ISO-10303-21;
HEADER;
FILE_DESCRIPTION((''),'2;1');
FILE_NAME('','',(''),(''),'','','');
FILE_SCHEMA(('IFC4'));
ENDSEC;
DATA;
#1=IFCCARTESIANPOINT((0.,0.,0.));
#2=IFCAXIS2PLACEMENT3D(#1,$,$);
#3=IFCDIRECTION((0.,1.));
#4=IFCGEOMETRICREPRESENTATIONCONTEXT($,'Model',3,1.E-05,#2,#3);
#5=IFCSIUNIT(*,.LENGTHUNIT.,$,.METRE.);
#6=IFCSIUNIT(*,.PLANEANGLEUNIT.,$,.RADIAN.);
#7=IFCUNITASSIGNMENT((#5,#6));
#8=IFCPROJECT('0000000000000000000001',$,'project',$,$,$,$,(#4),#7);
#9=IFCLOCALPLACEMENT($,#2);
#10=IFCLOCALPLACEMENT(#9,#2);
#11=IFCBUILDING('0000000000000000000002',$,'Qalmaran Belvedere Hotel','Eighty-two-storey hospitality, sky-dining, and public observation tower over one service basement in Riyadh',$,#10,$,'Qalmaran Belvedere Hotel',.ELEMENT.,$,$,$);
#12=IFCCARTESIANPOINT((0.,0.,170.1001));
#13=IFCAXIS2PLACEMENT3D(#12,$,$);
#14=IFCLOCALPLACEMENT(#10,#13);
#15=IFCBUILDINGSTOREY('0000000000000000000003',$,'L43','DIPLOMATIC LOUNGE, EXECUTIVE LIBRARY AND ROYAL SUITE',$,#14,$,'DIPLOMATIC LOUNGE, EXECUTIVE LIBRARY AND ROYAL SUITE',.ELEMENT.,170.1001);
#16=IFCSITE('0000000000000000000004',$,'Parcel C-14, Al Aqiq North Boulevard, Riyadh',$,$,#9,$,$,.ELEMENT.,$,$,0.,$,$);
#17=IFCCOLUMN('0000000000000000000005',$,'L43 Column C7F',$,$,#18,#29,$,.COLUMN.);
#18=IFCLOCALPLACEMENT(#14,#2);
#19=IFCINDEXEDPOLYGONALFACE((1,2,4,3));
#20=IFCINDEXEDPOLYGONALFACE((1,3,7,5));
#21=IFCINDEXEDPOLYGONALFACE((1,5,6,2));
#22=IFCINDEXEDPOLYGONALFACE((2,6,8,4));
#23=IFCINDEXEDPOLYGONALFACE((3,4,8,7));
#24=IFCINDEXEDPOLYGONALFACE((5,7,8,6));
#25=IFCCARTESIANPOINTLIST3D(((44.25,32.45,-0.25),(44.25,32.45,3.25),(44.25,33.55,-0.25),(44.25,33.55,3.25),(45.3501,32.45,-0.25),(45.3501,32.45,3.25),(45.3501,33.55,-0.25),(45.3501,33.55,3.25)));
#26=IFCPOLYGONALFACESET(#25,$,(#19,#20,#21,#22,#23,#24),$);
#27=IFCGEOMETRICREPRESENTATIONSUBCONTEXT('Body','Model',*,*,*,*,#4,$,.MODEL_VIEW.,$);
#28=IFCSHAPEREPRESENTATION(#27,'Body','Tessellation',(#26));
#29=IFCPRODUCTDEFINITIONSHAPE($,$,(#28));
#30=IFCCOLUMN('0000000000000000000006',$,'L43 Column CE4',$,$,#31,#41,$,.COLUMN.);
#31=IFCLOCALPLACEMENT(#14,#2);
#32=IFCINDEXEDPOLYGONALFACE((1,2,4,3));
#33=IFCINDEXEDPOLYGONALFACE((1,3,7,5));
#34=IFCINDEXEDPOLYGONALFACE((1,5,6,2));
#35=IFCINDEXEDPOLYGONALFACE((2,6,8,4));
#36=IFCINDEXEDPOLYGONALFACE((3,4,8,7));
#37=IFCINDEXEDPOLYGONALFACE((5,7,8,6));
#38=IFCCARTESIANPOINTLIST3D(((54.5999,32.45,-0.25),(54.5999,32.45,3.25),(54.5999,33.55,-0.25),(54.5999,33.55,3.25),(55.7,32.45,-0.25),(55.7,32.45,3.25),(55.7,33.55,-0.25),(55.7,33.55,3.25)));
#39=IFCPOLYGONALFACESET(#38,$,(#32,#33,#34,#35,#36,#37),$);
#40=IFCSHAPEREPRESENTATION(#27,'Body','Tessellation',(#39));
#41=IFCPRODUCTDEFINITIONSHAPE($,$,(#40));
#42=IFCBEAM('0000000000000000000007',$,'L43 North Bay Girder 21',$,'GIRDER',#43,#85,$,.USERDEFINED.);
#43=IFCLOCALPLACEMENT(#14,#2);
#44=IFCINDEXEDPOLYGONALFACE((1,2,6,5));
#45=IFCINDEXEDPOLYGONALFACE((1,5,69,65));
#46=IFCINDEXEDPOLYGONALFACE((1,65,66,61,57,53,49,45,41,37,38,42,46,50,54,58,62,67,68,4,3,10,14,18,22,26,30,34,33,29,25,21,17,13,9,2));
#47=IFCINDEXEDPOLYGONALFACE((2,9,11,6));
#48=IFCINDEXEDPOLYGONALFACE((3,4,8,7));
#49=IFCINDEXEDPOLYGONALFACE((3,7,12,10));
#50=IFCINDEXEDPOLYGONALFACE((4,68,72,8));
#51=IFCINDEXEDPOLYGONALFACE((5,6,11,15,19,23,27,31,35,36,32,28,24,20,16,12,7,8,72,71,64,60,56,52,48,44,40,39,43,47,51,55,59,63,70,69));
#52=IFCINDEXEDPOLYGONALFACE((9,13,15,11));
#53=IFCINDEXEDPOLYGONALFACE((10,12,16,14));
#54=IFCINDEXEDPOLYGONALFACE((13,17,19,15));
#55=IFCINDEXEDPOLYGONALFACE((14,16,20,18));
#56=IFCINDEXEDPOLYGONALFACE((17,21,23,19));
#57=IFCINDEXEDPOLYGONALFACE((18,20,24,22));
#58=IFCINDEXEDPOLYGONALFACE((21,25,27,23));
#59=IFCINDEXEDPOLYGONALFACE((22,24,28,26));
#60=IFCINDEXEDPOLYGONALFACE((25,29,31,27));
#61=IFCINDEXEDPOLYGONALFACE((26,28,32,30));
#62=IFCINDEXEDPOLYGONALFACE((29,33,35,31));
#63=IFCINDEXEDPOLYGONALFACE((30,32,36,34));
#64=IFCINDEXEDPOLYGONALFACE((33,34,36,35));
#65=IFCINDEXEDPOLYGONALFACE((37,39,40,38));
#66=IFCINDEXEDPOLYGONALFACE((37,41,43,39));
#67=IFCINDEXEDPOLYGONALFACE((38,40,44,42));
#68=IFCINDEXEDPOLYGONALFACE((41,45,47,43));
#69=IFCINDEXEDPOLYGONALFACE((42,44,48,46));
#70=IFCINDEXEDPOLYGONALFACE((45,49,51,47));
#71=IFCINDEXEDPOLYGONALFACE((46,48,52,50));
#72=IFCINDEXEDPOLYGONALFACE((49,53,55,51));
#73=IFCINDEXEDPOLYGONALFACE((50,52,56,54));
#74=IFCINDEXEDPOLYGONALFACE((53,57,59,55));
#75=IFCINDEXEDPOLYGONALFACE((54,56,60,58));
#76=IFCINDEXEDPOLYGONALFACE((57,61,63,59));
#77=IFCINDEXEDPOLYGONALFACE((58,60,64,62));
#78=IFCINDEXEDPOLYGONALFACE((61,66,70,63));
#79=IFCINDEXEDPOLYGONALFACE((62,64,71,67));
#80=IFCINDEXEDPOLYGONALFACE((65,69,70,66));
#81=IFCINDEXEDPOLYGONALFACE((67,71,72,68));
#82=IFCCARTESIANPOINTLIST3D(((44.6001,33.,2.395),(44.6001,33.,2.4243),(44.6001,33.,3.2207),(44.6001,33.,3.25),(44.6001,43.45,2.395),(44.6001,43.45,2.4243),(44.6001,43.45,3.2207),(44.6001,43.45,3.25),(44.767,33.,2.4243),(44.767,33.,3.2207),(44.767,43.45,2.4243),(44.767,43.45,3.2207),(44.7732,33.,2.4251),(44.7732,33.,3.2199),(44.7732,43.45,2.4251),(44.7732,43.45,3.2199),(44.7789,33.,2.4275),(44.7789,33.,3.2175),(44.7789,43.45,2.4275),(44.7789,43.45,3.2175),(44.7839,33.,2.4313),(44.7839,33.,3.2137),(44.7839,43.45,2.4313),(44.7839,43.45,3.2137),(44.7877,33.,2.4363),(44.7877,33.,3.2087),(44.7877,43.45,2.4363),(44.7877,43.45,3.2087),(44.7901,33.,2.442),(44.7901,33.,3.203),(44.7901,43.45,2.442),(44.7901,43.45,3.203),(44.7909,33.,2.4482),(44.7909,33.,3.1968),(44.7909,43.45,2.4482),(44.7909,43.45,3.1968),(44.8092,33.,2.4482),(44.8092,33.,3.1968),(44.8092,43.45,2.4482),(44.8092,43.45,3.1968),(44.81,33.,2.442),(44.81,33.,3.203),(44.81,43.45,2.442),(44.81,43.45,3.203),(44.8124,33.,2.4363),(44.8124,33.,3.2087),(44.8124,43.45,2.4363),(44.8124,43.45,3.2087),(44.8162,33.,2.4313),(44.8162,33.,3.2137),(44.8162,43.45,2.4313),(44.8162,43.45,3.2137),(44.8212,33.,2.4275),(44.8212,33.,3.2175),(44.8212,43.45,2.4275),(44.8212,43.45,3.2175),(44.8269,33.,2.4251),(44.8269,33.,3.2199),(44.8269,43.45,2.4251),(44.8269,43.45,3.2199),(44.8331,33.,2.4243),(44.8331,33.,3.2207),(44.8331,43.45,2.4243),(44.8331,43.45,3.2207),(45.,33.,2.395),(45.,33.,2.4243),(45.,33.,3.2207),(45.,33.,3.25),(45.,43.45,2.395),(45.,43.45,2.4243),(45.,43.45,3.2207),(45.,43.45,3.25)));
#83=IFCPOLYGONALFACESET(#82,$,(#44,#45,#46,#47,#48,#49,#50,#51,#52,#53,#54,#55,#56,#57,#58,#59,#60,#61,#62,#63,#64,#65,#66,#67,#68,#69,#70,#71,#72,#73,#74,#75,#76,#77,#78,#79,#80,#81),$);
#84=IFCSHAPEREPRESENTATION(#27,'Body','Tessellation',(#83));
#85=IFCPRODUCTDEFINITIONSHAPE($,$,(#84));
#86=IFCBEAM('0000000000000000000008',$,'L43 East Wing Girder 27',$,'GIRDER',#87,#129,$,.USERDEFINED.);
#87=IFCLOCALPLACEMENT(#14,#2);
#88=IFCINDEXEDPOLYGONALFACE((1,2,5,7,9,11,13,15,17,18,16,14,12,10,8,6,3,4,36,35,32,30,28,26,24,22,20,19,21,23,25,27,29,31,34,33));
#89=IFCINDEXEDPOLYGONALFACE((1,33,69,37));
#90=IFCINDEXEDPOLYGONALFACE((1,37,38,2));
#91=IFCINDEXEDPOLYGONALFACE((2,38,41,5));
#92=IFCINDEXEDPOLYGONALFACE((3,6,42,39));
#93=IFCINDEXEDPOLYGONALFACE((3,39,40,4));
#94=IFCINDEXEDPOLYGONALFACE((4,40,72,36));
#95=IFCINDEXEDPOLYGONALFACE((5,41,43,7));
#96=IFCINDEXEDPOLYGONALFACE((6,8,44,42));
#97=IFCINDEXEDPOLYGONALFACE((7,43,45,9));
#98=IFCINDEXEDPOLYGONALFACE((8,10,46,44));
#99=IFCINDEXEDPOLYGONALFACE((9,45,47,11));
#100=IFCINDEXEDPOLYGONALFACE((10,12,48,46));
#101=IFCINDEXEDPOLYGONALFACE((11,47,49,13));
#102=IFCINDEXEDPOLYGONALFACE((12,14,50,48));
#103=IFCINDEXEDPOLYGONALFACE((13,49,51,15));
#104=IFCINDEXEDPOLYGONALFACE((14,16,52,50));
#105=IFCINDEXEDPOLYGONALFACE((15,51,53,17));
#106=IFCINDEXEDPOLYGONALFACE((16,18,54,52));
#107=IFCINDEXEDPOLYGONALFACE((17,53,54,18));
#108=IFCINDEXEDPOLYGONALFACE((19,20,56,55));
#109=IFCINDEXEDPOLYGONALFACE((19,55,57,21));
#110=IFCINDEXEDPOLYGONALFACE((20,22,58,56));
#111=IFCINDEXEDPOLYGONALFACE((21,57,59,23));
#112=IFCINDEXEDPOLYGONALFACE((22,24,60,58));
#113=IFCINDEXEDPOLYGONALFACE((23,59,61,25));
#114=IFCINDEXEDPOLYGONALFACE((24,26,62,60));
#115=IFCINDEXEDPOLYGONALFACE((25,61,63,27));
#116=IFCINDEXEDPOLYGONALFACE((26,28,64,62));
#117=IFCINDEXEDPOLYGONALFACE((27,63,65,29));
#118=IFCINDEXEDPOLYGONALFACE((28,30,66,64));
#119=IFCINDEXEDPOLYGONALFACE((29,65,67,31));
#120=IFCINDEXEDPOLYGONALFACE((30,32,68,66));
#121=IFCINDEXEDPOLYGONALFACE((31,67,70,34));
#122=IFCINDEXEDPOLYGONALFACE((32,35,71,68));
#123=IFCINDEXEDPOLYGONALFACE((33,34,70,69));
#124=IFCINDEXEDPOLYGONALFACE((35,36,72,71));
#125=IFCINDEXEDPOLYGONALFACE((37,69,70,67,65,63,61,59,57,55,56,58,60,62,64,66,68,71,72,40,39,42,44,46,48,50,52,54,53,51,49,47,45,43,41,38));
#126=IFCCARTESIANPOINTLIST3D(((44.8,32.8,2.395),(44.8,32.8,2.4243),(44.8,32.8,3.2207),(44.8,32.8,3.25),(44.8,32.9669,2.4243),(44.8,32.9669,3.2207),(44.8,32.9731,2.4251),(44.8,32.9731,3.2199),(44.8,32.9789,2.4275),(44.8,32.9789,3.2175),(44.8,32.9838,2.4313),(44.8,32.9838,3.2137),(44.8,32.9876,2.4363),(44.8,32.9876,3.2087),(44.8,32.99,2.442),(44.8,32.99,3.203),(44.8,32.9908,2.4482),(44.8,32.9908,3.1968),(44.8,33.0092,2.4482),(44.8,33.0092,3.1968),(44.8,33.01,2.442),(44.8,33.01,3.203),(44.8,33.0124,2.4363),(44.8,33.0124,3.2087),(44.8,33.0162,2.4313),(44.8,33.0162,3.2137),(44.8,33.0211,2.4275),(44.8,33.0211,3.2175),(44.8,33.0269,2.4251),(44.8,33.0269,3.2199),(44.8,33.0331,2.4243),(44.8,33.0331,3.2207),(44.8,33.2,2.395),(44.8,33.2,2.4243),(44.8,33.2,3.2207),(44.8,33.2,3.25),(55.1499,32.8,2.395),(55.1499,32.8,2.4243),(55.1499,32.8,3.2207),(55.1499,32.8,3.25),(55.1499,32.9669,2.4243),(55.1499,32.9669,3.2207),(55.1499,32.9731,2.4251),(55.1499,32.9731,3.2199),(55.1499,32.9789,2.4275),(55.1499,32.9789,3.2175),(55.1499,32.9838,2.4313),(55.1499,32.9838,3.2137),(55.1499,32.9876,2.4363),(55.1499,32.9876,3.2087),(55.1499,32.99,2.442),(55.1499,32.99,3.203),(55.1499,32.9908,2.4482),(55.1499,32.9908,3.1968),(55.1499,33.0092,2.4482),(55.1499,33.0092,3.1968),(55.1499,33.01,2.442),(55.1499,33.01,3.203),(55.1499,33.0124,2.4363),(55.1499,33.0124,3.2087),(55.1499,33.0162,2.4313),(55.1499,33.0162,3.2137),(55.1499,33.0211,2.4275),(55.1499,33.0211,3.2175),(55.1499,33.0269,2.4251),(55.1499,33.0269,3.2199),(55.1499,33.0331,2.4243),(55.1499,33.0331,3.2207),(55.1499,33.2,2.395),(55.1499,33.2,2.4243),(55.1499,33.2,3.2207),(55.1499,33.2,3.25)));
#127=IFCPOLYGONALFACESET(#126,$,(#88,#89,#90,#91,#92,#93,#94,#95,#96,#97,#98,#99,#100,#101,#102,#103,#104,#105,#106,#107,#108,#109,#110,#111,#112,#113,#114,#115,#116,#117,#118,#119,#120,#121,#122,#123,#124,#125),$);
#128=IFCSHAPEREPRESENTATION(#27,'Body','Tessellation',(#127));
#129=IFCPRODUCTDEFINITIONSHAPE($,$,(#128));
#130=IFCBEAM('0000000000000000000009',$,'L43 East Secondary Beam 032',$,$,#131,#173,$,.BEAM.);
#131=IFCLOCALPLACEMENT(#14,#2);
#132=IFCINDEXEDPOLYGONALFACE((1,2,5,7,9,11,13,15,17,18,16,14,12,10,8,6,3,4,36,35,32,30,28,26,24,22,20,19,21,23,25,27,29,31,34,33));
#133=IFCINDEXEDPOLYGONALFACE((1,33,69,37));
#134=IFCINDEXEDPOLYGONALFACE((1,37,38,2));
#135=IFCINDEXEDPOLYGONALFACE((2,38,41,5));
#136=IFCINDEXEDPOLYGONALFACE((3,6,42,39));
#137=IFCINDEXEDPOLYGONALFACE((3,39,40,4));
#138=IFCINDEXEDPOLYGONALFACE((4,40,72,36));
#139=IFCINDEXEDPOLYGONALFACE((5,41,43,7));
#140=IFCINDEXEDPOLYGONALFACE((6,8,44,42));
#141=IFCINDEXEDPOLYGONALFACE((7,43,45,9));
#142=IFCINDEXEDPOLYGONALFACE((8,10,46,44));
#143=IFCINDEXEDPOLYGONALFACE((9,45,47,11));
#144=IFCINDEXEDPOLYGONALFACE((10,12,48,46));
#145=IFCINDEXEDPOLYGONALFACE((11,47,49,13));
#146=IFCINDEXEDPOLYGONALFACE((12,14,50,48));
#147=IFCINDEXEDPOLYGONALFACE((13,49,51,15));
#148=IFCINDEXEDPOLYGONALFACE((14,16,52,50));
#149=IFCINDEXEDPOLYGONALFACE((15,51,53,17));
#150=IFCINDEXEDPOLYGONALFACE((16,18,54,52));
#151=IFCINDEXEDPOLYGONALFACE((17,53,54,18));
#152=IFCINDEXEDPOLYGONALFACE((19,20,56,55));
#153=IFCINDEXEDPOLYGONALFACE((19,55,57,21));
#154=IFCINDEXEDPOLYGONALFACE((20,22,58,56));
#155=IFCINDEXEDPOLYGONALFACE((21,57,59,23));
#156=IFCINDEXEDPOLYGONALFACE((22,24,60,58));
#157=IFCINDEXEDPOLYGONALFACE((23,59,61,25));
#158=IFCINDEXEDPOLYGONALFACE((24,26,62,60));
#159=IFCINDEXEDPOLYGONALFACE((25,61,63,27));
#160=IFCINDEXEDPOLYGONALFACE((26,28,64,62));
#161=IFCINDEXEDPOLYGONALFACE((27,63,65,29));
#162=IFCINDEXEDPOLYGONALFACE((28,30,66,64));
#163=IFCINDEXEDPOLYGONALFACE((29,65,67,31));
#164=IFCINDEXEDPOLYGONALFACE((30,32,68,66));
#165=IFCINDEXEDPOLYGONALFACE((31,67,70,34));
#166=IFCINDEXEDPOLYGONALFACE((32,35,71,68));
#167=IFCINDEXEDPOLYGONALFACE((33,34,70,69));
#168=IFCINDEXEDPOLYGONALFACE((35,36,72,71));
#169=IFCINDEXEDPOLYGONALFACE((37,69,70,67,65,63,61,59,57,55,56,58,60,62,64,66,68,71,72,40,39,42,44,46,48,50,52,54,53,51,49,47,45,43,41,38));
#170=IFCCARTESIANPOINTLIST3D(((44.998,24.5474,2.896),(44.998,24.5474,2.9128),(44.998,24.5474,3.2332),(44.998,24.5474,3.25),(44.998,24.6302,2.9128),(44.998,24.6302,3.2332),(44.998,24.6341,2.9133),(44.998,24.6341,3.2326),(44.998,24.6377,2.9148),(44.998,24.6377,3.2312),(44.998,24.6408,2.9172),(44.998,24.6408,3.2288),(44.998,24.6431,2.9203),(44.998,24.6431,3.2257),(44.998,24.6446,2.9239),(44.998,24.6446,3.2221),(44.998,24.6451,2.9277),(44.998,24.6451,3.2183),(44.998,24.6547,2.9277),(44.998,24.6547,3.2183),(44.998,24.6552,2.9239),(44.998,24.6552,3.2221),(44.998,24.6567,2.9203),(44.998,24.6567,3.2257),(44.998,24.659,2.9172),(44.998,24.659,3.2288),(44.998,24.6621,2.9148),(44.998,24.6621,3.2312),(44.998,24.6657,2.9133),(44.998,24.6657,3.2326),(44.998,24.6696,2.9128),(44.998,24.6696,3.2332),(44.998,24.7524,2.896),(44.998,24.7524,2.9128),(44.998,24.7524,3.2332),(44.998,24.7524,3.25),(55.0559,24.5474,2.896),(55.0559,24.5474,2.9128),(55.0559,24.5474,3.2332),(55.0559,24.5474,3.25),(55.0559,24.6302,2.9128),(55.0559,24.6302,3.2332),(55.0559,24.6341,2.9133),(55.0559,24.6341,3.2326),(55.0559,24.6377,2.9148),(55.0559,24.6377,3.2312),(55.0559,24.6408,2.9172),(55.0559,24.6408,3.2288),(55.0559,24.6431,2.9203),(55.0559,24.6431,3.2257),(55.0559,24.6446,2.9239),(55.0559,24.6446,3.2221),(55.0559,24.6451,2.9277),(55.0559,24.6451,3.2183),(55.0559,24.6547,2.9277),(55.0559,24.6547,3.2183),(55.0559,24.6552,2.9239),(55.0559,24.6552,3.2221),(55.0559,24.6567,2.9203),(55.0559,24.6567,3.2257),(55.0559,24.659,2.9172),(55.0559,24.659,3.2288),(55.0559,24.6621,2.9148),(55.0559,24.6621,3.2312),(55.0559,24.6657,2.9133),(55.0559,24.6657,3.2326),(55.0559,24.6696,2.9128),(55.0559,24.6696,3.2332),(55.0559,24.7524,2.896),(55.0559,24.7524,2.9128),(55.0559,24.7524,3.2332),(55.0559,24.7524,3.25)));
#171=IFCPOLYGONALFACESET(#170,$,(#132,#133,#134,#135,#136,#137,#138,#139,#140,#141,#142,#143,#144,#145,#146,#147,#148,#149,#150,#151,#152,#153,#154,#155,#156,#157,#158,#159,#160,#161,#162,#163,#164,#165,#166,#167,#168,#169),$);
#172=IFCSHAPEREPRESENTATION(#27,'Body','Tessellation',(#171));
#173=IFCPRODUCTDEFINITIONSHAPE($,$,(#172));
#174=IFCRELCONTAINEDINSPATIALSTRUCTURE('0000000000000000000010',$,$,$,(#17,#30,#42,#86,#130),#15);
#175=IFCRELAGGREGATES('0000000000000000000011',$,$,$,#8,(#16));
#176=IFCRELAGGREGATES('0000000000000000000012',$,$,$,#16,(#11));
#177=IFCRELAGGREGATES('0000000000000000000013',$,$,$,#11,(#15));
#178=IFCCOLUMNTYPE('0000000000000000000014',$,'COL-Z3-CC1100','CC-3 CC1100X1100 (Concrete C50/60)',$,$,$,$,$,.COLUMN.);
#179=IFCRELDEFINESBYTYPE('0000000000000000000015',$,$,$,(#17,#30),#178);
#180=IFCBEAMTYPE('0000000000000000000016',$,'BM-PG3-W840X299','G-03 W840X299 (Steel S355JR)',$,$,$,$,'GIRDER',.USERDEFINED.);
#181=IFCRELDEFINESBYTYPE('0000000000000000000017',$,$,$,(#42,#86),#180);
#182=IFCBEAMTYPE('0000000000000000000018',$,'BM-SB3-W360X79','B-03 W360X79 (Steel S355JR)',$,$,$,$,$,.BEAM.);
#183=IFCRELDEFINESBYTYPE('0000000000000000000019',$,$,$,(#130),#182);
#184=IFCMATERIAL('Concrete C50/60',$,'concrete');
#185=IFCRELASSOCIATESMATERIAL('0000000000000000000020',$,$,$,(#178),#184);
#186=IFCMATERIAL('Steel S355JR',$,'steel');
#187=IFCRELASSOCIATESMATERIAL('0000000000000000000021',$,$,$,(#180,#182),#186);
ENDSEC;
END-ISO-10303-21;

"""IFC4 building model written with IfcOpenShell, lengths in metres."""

from ifc_helpers import new_model, si_unit, direction, frame, origin, origin_2d, place, context, subcontext, project, spatial, rectangle, i_section, extrude, material, material_profile, profile_set, type_object, element, save


model = new_model("IFC4")

# Units and contexts
model_context = context("Model", 3, precision=1e-05, world=origin(), true_north=direction((0.0, 1.0)))
body_context = subcontext(model_context, "Body", "Model", "MODEL_VIEW")
ifc_project = project(units=[si_unit("LENGTHUNIT", "METRE"), si_unit("PLANEANGLEUNIT", "RADIAN")], contexts=[model_context])

# Site, building, storey
site_placement = place(None, origin())
site = spatial("IfcSite", under=ifc_project, at=site_placement, Name="Parcel C-14, Al Aqiq North Boulevard, Riyadh", CompositionType="ELEMENT", RefElevation=0.0)
building_placement = place(site_placement, origin())
building = spatial("IfcBuilding", under=site, at=building_placement, Name="Qalmaran Belvedere Hotel", Description="Eighty-two-storey hospitality, sky-dining, and public observation tower over one service basement in Riyadh", LongName="Qalmaran Belvedere Hotel", CompositionType="ELEMENT")
storey_placement = place(building_placement, frame((0.0, 0.0, 170.1001)))
storey = spatial("IfcBuildingStorey", under=building, at=storey_placement, Name="L43", Description="DIPLOMATIC LOUNGE, EXECUTIVE LIBRARY AND ROYAL SUITE", LongName="DIPLOMATIC LOUNGE, EXECUTIVE LIBRARY AND ROYAL SUITE", CompositionType="ELEMENT", Elevation=170.1001)

# Columns
ifc_material_1 = material(Name="Concrete C50/60", Category="concrete")
ifc_material_profile_1 = material_profile(ifc_material_1, rectangle(XDim=1.1001, YDim=1.1001, at=origin_2d()), Name="CC1100X1100")
ifc_profile_set_1 = profile_set([ifc_material_profile_1], Name="Concrete C50/60")
column_type = type_object("IfcColumnType", Name="COL-Z3-CC1100", Description="CC-3 CC1100X1100 (Concrete C50/60)", PredefinedType="COLUMN", material=ifc_profile_set_1)
for number, where, z_axis, x_axis, name in (
    (1, (44.8, 33.0, -0.25), (0.0, 0.0, 1.0), (1.0, 0.0, 0.0), "L43 Column C7F"),
    (2, (55.1499, 33.0, -0.25), (0.0, 0.0, 1.0), (1.0, 0.0, 0.0), "L43 Column CE4"),
):
    element("IfcColumn", number, at=place(storey_placement, frame(where, z_axis=z_axis, x_axis=x_axis)), inside=storey, type_object=column_type, Name=name, PredefinedType="COLUMN", context=body_context, shape_type="SweptSolid", body=[
        extrude(rectangle(XDim=1.1001, YDim=1.1001, at=origin_2d()), origin(), (0.0, 0.0, 1.0), 3.5),
    ])

# Beams
ifc_material_2 = material(Name="Steel S355JR", Category="steel")
ifc_material_profile_2 = material_profile(ifc_material_2, i_section(OverallWidth=0.3999, OverallDepth=0.855, WebThickness=0.0183, FlangeThickness=0.0293, FilletRadius=0.0239, at=origin_2d()), Name="W840X299")
ifc_profile_set_2 = profile_set([ifc_material_profile_2], Name="Steel S355JR")
beam_type_1 = type_object("IfcBeamType", Name="BM-PG3-W840X299", Description="G-03 W840X299 (Steel S355JR)", ElementType="GIRDER", PredefinedType="USERDEFINED", material=ifc_profile_set_2)
beam_1_placement = place(storey_placement, frame((44.8, 33.0, 2.8225), z_axis=(0.0, 1.0, 0.0), x_axis=(-1.0, 0.0, 0.0)))
element("IfcBeam", 3, at=beam_1_placement, inside=storey, type_object=beam_type_1, Name="L43 North Bay Girder 21", ObjectType="GIRDER", PredefinedType="USERDEFINED", context=body_context, shape_type="SweptSolid", body=[
    extrude(i_section(OverallWidth=0.3999, OverallDepth=0.855, WebThickness=0.0183, FlangeThickness=0.0293, FilletRadius=0.0239, at=origin_2d()), origin(), (0.0, 0.0, 1.0), 10.45),
])
beam_2_placement = place(storey_placement, frame((44.8, 33.0, 2.8225), z_axis=(1.0, 0.0, 0.0), x_axis=(0.0, 1.0, 0.0)))
element("IfcBeam", 4, at=beam_2_placement, inside=storey, type_object=beam_type_1, Name="L43 East Wing Girder 27", ObjectType="GIRDER", PredefinedType="USERDEFINED", context=body_context, shape_type="SweptSolid", body=[
    extrude(i_section(OverallWidth=0.3999, OverallDepth=0.855, WebThickness=0.0183, FlangeThickness=0.0293, FilletRadius=0.0239, at=origin_2d()), origin(), (0.0, 0.0, 1.0), 10.3499),
])
ifc_material_profile_3 = material_profile(ifc_material_2, i_section(OverallWidth=0.2051, OverallDepth=0.354, WebThickness=0.0095, FlangeThickness=0.0168, FilletRadius=0.0149, at=origin_2d()), Name="W360X79")
ifc_profile_set_3 = profile_set([ifc_material_profile_3], Name="Steel S355JR")
beam_type_2 = type_object("IfcBeamType", Name="BM-SB3-W360X79", Description="B-03 W360X79 (Steel S355JR)", PredefinedType="BEAM", material=ifc_profile_set_3)
for number, where, z_axis, x_axis, name in (
    (5, (44.998, 24.6499, 3.073), (1.0, 0.0, 0.0), (0.0, 1.0, 0.0), "L43 East Secondary Beam 032"),
):
    element("IfcBeam", number, at=place(storey_placement, frame(where, z_axis=z_axis, x_axis=x_axis)), inside=storey, type_object=beam_type_2, Name=name, PredefinedType="BEAM", context=body_context, shape_type="SweptSolid", body=[
        extrude(i_section(OverallWidth=0.2051, OverallDepth=0.354, WebThickness=0.0095, FlangeThickness=0.0168, FilletRadius=0.0149, at=origin_2d()), origin(), (0.0, 0.0, 1.0), 10.0579),
    ])

save(model, "model.ifc")
